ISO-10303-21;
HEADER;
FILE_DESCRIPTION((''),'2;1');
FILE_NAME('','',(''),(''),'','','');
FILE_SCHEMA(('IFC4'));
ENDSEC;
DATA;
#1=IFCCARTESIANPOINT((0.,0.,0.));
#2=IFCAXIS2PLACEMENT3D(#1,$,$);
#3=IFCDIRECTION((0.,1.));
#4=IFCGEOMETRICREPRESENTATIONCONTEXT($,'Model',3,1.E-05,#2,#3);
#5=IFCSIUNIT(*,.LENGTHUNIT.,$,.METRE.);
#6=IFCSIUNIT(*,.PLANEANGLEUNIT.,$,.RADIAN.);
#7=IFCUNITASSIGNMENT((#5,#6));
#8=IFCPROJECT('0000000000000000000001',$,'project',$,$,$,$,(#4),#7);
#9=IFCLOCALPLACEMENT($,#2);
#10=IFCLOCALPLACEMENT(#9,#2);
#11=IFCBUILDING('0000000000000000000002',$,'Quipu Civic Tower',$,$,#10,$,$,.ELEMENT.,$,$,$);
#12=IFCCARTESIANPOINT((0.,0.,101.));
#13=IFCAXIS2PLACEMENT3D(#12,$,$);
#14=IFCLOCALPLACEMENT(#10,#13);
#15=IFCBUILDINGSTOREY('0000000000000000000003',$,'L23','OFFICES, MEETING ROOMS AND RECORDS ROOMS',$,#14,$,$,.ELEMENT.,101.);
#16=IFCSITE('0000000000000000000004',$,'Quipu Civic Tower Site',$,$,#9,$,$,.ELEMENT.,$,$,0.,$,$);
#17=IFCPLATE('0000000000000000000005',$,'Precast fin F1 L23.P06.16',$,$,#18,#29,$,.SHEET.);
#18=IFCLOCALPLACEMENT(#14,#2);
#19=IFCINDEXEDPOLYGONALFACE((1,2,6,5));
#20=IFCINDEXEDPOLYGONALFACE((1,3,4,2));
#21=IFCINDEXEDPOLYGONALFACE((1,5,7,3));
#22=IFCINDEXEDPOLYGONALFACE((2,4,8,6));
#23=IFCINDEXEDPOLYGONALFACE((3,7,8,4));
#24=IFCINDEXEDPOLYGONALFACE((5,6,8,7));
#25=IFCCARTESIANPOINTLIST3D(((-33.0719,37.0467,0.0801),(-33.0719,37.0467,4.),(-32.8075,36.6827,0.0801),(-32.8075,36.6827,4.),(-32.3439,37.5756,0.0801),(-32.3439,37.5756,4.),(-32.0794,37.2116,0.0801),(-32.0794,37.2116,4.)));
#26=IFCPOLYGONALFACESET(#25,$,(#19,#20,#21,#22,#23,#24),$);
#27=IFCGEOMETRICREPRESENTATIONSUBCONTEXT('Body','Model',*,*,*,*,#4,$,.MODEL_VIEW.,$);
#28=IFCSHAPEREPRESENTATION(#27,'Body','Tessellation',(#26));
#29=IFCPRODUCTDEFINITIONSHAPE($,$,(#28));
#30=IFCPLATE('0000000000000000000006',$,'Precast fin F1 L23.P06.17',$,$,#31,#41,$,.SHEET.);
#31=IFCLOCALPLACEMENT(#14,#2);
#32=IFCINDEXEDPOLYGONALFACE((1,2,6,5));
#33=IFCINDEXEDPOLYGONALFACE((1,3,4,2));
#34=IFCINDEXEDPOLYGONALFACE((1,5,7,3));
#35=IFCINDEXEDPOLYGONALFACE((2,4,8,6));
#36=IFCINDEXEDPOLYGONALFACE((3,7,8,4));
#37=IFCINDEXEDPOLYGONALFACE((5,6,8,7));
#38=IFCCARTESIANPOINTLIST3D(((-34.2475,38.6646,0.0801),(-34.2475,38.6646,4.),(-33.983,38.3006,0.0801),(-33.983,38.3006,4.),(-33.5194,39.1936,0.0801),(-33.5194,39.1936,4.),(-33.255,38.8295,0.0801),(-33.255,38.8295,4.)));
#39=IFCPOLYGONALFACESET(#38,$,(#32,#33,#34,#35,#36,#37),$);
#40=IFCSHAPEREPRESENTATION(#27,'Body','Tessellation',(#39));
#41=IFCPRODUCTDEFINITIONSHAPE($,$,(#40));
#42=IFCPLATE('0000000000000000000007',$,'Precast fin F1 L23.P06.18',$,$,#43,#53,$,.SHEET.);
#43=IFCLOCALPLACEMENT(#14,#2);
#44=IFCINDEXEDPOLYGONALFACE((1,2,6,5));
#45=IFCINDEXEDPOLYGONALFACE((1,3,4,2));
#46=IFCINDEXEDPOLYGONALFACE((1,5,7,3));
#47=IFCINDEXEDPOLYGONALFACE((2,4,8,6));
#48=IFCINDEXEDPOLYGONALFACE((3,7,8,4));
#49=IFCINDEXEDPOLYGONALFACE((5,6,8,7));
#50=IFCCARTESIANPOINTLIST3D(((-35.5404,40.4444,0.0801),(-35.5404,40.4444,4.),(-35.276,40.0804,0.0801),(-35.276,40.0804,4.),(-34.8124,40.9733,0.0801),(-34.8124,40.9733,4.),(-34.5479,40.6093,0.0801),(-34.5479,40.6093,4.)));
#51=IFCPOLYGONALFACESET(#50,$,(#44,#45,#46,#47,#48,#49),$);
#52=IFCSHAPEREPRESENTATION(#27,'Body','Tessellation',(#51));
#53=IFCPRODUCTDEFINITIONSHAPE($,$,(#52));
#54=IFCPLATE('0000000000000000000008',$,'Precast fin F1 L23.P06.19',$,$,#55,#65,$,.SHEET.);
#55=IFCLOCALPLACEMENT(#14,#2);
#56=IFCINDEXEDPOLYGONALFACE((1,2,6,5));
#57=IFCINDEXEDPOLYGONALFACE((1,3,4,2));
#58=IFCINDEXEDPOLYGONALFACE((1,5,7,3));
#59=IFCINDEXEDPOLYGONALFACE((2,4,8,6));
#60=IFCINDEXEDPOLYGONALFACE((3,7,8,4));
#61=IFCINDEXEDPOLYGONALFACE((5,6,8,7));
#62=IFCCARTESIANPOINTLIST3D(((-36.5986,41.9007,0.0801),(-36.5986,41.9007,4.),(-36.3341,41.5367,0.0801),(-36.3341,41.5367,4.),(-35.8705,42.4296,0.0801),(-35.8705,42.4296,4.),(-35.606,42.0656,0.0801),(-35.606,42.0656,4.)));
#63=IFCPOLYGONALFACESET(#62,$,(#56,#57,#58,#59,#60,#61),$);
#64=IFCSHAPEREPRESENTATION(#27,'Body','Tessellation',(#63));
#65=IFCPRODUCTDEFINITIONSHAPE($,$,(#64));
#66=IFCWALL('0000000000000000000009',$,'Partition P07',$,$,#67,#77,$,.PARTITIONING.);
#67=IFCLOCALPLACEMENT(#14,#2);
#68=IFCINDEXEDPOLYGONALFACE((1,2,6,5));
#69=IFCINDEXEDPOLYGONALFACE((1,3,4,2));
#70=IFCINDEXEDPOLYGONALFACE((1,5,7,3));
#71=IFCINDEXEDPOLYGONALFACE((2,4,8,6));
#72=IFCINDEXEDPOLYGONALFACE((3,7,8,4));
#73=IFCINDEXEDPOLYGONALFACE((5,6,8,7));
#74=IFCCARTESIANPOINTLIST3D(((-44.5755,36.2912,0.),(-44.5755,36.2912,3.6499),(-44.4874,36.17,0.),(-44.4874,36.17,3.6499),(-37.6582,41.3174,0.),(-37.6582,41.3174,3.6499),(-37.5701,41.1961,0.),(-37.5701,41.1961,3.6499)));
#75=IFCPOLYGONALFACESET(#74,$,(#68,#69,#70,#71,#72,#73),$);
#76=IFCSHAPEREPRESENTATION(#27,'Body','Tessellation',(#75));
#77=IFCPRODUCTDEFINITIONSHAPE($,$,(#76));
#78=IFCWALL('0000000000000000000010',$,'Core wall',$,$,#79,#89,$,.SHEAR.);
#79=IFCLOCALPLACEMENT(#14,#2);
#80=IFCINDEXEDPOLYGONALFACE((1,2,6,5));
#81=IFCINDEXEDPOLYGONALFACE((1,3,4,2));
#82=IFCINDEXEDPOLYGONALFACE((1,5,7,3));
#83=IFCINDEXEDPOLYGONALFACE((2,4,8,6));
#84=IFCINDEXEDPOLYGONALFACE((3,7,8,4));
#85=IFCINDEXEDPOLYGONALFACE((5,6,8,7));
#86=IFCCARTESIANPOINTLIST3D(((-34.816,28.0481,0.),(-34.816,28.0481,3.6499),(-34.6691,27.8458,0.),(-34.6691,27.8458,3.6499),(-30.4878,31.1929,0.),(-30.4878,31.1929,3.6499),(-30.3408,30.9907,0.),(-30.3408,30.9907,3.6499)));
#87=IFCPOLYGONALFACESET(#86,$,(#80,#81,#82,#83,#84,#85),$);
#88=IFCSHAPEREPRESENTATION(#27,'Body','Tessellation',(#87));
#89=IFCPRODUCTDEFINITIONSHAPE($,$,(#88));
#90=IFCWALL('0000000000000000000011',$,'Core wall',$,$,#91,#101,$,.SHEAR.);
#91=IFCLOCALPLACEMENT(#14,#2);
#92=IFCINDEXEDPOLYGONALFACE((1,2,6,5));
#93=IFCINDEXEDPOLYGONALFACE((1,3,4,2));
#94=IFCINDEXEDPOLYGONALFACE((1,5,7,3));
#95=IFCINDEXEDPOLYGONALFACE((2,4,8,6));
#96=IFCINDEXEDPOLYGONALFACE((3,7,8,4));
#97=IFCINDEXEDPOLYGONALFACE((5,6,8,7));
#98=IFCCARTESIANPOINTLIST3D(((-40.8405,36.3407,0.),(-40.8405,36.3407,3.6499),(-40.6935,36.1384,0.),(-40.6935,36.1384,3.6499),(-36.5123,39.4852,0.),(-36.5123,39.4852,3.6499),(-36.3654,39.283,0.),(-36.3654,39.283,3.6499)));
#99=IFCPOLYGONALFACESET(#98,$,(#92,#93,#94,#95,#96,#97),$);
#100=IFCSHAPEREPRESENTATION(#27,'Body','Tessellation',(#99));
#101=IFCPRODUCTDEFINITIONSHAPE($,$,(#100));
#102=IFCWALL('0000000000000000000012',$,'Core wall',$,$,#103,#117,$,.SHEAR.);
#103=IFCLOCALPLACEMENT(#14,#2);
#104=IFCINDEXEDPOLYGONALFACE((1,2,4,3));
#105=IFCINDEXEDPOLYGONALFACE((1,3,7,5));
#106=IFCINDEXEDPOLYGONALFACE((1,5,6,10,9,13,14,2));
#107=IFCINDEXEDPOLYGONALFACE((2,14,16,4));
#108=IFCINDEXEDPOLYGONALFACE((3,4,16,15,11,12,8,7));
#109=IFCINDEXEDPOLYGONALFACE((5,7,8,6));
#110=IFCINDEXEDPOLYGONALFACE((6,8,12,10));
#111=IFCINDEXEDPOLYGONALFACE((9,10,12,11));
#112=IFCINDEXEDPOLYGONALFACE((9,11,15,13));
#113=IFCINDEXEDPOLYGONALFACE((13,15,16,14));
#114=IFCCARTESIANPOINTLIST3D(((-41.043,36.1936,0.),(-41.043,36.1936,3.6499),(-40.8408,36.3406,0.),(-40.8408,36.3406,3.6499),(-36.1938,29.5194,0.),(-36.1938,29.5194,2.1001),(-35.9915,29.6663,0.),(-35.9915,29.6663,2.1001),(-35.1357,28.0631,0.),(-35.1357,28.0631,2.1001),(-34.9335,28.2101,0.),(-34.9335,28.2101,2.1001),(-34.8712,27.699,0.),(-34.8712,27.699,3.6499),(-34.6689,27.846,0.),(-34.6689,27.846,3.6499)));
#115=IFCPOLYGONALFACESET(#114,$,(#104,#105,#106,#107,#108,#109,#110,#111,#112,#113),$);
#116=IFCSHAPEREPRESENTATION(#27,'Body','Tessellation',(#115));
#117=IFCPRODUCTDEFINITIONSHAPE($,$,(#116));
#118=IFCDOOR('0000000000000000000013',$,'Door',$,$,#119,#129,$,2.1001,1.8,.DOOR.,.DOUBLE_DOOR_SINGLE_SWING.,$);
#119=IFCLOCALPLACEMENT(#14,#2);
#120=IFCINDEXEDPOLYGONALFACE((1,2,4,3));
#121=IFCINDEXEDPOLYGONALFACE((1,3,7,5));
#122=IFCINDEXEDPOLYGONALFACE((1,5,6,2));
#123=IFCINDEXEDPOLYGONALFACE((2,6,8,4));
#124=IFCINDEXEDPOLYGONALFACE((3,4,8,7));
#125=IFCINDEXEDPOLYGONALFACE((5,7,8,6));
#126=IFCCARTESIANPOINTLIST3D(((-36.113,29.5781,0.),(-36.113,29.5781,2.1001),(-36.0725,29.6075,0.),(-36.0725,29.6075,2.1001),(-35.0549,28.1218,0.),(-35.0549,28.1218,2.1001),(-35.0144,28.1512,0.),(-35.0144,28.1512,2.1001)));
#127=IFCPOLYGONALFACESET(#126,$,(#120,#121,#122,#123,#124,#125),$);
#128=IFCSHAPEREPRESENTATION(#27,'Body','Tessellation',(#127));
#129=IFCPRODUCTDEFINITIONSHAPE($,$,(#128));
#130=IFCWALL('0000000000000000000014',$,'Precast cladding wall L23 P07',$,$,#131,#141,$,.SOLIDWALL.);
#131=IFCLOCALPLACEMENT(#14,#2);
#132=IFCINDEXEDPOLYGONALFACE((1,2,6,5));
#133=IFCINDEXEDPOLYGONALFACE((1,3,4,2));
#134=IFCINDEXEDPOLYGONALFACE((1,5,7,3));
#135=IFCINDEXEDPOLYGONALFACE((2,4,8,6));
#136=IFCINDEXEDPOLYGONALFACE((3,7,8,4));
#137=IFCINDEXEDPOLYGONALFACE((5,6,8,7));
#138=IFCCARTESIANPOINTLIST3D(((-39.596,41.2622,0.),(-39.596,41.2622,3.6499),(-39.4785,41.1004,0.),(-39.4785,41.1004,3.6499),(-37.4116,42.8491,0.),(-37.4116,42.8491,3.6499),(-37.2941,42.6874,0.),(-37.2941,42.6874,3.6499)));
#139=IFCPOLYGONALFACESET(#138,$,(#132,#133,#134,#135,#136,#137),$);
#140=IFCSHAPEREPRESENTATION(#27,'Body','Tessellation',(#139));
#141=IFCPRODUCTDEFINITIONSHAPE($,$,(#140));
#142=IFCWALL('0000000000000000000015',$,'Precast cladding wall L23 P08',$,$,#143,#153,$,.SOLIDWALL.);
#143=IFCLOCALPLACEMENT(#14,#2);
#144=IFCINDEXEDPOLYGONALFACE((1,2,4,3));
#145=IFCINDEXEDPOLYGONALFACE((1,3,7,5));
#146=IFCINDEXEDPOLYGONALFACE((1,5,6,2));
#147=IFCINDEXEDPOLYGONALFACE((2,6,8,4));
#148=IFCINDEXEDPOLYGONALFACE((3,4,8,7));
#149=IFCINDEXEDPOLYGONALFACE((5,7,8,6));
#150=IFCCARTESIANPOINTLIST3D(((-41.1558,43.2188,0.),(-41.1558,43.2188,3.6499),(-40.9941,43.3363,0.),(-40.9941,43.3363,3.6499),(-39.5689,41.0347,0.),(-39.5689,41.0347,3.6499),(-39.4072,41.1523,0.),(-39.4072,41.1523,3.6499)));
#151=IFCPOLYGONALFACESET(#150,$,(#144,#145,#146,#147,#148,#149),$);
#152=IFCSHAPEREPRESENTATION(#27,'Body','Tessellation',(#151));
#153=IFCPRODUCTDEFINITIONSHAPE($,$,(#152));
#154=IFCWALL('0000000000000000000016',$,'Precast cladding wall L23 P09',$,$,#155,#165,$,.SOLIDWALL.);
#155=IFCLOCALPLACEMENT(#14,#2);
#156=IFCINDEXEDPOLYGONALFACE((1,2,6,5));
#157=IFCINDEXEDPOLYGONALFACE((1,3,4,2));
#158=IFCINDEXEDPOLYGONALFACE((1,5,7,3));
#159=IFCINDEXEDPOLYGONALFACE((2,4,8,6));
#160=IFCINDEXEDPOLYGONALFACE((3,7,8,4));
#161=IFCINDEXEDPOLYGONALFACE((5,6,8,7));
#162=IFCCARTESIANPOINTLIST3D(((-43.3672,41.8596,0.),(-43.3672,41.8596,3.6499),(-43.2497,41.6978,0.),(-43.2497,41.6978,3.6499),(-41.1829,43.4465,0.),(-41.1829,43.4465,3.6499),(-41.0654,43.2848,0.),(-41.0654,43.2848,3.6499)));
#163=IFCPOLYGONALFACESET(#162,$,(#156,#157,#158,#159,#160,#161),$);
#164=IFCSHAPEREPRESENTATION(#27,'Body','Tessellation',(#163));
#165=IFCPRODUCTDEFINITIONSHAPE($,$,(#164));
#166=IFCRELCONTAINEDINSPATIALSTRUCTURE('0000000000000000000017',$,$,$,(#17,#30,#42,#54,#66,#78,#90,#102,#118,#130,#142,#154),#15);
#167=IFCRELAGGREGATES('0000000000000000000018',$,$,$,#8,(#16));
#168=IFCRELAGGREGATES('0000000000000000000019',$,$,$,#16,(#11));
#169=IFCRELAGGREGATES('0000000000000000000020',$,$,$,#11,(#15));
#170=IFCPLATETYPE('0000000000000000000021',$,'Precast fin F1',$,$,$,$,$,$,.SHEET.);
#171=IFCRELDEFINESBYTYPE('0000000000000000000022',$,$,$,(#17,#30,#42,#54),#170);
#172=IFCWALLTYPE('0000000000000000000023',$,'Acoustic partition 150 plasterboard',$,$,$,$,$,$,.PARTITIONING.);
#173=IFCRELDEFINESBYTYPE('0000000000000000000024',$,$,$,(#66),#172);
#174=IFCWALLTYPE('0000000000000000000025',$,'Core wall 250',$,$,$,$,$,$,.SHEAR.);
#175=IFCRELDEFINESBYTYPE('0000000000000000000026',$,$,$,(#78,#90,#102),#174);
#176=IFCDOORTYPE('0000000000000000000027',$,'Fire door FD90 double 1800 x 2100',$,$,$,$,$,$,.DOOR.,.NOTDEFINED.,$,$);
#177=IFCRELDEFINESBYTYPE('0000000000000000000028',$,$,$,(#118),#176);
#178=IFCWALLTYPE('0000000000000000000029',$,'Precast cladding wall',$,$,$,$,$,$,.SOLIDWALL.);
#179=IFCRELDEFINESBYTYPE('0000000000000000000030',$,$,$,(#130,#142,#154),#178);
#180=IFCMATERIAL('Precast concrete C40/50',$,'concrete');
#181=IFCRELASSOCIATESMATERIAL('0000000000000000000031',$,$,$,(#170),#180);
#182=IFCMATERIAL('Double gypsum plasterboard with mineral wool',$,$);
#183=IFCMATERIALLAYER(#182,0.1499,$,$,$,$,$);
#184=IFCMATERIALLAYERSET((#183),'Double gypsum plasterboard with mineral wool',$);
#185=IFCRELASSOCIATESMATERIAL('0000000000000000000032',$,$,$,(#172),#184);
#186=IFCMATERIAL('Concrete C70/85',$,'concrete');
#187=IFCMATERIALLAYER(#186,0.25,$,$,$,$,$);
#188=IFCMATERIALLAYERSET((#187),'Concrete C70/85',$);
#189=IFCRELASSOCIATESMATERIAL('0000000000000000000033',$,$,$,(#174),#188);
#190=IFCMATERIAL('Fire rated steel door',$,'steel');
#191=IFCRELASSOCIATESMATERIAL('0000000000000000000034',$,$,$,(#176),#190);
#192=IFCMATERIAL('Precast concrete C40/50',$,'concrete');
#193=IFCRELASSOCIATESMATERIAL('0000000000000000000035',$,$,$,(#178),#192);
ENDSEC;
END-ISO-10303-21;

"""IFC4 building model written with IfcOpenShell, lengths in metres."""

from ifc_helpers import new_model, si_unit, direction, frame, frame_2d, origin, origin_2d, place, context, subcontext, project, spatial, rectangle, extrude, material, layer, layer_set, type_object, element, fill, save


model = new_model("IFC4")

# Units and contexts
model_context = context("Model", 3, precision=1e-05, world=origin(), true_north=direction((0.0, 1.0)))
body_context = subcontext(model_context, "Body", "Model", "MODEL_VIEW")
ifc_project = project(units=[si_unit("LENGTHUNIT", "METRE"), si_unit("PLANEANGLEUNIT", "RADIAN")], contexts=[model_context])

# Site, building, storey
site_placement = place(None, origin())
site = spatial("IfcSite", under=ifc_project, at=site_placement, Name="Quipu Civic Tower Site", CompositionType="ELEMENT", RefElevation=0.0)
building_placement = place(site_placement, origin())
building = spatial("IfcBuilding", under=site, at=building_placement, Name="Quipu Civic Tower", CompositionType="ELEMENT")
storey_placement = place(building_placement, frame((0.0, 0.0, 101.0)))
storey = spatial("IfcBuildingStorey", under=building, at=storey_placement, Name="L23", Description="OFFICES, MEETING ROOMS AND RECORDS ROOMS", CompositionType="ELEMENT", Elevation=101.0)

# Plates
ifc_material_1 = material(Name="Precast concrete C40/50", Category="concrete")
plate_type_1 = type_object("IfcPlateType", Name="Precast fin F1", PredefinedType="SHEET", material=ifc_material_1)
for number, where, z_axis, x_axis, name in (
    (1, (-32.5757, 37.1292, 0.0801), (0.0, 0.0, 1.0), (-0.587785, 0.809017, 0.0), "Precast fin F1 L23.P06.16"),
    (2, (-33.7512, 38.7471, 0.0801), (0.0, 0.0, 1.0), (-0.587785, 0.809017, 0.0), "Precast fin F1 L23.P06.17"),
    (3, (-35.0442, 40.5269, 0.0801), (0.0, 0.0, 1.0), (-0.587785, 0.809017, 0.0), "Precast fin F1 L23.P06.18"),
    (4, (-36.1023, 41.9832, 0.0801), (0.0, 0.0, 1.0), (-0.587785, 0.809017, 0.0), "Precast fin F1 L23.P06.19"),
):
    element("IfcPlate", number, at=place(storey_placement, frame(where, z_axis=z_axis, x_axis=x_axis)), inside=storey, type_object=plate_type_1, Name=name, PredefinedType="SHEET", context=body_context, shape_type="SweptSolid", body=[
        extrude(rectangle(XDim=0.45, YDim=0.8999, at=origin_2d()), origin(), (0.0, 0.0, 1.0), 3.9199),
    ])

# Walls
ifc_material_2 = material(Name="Double gypsum plasterboard with mineral wool")
ifc_layer_1 = layer(ifc_material_2, 0.1499)
ifc_layer_set_1 = layer_set([ifc_layer_1], Name="Double gypsum plasterboard with mineral wool")
wall_type_1 = type_object("IfcWallType", Name="Acoustic partition 150 plasterboard", PredefinedType="PARTITIONING", material=ifc_layer_set_1)
wall_1_placement = place(storey_placement, frame((-37.614, 41.2568, 0.0), z_axis=(0.0, 0.0, 1.0), x_axis=(-0.808992, -0.58782, 0.0)))
element("IfcWall", 5, at=wall_1_placement, inside=storey, type_object=wall_type_1, Name="Partition P07", PredefinedType="PARTITIONING", context=body_context, shape_type="SweptSolid", body=[
    extrude(rectangle(XDim=8.5505, YDim=0.1499, at=frame_2d((4.2754, 0.0))), origin(), (0.0, 0.0, 1.0), 3.6499),
])
ifc_material_3 = material(Name="Concrete C70/85", Category="concrete")
ifc_layer_2 = layer(ifc_material_3, 0.25)
ifc_layer_set_2 = layer_set([ifc_layer_2], Name="Concrete C70/85")
wall_type_2 = type_object("IfcWallType", Name="Core wall 250", PredefinedType="SHEAR", material=ifc_layer_set_2)
wall_2_placement = place(storey_placement, frame((-30.4143, 31.0918, 0.0), z_axis=(0.0, 0.0, 1.0), x_axis=(-0.808998, -0.587811, 0.0)))
element("IfcWall", 6, at=wall_2_placement, inside=storey, type_object=wall_type_2, Name="Core wall", PredefinedType="SHEAR", context=body_context, shape_type="SweptSolid", body=[
    extrude(rectangle(XDim=5.3501, YDim=0.25, at=frame_2d((2.675, 0.0))), origin(), (0.0, 0.0, 1.0), 3.6499),
])
wall_3_placement = place(storey_placement, frame((-36.439, 39.384, 0.0), z_axis=(0.0, 0.0, 1.0), x_axis=(-0.80902, -0.587781, 0.0)))
element("IfcWall", 7, at=wall_3_placement, inside=storey, type_object=wall_type_2, Name="Core wall", PredefinedType="SHEAR", context=body_context, shape_type="SweptSolid", body=[
    extrude(rectangle(XDim=5.3499, YDim=0.25, at=frame_2d((2.6748, 0.0))), origin(), (0.0, 0.0, 1.0), 3.6499),
])

# Wall, opening, door
wall_4_placement = place(storey_placement, frame((-40.9419, 36.2671, 0.0), z_axis=(0.0, 0.0, 1.0), x_axis=(0.587796, -0.809009, 0.0)))
wall_4 = element("IfcWall", 8, at=wall_4_placement, inside=storey, type_object=wall_type_2, Name="Core wall", PredefinedType="SHEAR", context=body_context, shape_type="SweptSolid", body=[
    extrude(rectangle(XDim=10.5, YDim=0.25, at=frame_2d((5.25, 0.0))), origin(), (0.0, 0.0, 1.0), 3.6499),
])
opening_placement = place(wall_4_placement, frame((8.25, 0.0, 0.0)))
opening = element("IfcOpeningElement", 9, at=opening_placement, cuts=wall_4, PredefinedType="OPENING", context=body_context, shape_type="SweptSolid", body=[
    extrude(rectangle(XDim=1.8, YDim=2.1001, at=frame_2d((0.8999, 1.05))), frame((0.0, 0.135, 0.0), z_axis=(0.0, -1.0, 0.0), x_axis=(1.0, 0.0, 0.0)), (0.0, 0.0, 1.0), 0.27),
])
ifc_material_4 = material(Name="Fire rated steel door", Category="steel")
door_type = type_object("IfcDoorType", Name="Fire door FD90 double 1800 x 2100", OperationType="NOTDEFINED", PredefinedType="DOOR", material=ifc_material_4)
door_placement = place(opening_placement, origin())
door = element("IfcDoor", 10, at=door_placement, inside=storey, type_object=door_type, Name="Door", OperationType="DOUBLE_DOOR_SINGLE_SWING", OverallHeight=2.1001, OverallWidth=1.8, PredefinedType="DOOR", context=body_context, shape_type="SweptSolid", body=[
    extrude(rectangle(XDim=1.8, YDim=2.1001, at=frame_2d((0.8999, 1.05))), frame((0.0, 0.0249, 0.0), z_axis=(0.0, -1.0, 0.0), x_axis=(1.0, 0.0, 0.0)), (0.0, 0.0, 1.0), 0.05),
])
fill(opening, door)

# Walls
ifc_material_5 = material(Name="Precast concrete C40/50", Category="concrete")
wall_type_3 = type_object("IfcWallType", Name="Precast cladding wall", PredefinedType="SOLIDWALL", material=ifc_material_5)
wall_5_placement = place(storey_placement, frame((-37.3528, 42.7683, 0.0), z_axis=(0.0, 0.0, 1.0), x_axis=(-0.809033, -0.587763, 0.0)))
element("IfcWall", 11, at=wall_5_placement, inside=storey, type_object=wall_type_3, Name="Precast cladding wall L23 P07", PredefinedType="SOLIDWALL", context=body_context, shape_type="SweptSolid", body=[
    extrude(rectangle(XDim=2.7, YDim=0.2, at=frame_2d((1.3501, 0.0))), origin(), (0.0, 0.0, 1.0), 3.6499),
])
wall_6_placement = place(storey_placement, frame((-39.488, 41.0935, 0.0), z_axis=(0.0, 0.0, 1.0), x_axis=(-0.587806, 0.809002, 0.0)))
element("IfcWall", 12, at=wall_6_placement, inside=storey, type_object=wall_type_3, Name="Precast cladding wall L23 P08", PredefinedType="SOLIDWALL", context=body_context, shape_type="SweptSolid", body=[
    extrude(rectangle(XDim=2.6997, YDim=0.2, at=frame_2d((1.3499, 0.0))), origin(), (0.0, 0.0, 1.0), 3.6499),
])
wall_7_placement = place(storey_placement, frame((-41.124, 43.3657, 0.0), z_axis=(0.0, 0.0, 1.0), x_axis=(-0.809033, -0.587763, 0.0)))
element("IfcWall", 13, at=wall_7_placement, inside=storey, type_object=wall_type_3, Name="Precast cladding wall L23 P09", PredefinedType="SOLIDWALL", context=body_context, shape_type="SweptSolid", body=[
    extrude(rectangle(XDim=2.7, YDim=0.2, at=frame_2d((1.3501, 0.0))), origin(), (0.0, 0.0, 1.0), 3.6499),
])

save(model, "model.ifc")
